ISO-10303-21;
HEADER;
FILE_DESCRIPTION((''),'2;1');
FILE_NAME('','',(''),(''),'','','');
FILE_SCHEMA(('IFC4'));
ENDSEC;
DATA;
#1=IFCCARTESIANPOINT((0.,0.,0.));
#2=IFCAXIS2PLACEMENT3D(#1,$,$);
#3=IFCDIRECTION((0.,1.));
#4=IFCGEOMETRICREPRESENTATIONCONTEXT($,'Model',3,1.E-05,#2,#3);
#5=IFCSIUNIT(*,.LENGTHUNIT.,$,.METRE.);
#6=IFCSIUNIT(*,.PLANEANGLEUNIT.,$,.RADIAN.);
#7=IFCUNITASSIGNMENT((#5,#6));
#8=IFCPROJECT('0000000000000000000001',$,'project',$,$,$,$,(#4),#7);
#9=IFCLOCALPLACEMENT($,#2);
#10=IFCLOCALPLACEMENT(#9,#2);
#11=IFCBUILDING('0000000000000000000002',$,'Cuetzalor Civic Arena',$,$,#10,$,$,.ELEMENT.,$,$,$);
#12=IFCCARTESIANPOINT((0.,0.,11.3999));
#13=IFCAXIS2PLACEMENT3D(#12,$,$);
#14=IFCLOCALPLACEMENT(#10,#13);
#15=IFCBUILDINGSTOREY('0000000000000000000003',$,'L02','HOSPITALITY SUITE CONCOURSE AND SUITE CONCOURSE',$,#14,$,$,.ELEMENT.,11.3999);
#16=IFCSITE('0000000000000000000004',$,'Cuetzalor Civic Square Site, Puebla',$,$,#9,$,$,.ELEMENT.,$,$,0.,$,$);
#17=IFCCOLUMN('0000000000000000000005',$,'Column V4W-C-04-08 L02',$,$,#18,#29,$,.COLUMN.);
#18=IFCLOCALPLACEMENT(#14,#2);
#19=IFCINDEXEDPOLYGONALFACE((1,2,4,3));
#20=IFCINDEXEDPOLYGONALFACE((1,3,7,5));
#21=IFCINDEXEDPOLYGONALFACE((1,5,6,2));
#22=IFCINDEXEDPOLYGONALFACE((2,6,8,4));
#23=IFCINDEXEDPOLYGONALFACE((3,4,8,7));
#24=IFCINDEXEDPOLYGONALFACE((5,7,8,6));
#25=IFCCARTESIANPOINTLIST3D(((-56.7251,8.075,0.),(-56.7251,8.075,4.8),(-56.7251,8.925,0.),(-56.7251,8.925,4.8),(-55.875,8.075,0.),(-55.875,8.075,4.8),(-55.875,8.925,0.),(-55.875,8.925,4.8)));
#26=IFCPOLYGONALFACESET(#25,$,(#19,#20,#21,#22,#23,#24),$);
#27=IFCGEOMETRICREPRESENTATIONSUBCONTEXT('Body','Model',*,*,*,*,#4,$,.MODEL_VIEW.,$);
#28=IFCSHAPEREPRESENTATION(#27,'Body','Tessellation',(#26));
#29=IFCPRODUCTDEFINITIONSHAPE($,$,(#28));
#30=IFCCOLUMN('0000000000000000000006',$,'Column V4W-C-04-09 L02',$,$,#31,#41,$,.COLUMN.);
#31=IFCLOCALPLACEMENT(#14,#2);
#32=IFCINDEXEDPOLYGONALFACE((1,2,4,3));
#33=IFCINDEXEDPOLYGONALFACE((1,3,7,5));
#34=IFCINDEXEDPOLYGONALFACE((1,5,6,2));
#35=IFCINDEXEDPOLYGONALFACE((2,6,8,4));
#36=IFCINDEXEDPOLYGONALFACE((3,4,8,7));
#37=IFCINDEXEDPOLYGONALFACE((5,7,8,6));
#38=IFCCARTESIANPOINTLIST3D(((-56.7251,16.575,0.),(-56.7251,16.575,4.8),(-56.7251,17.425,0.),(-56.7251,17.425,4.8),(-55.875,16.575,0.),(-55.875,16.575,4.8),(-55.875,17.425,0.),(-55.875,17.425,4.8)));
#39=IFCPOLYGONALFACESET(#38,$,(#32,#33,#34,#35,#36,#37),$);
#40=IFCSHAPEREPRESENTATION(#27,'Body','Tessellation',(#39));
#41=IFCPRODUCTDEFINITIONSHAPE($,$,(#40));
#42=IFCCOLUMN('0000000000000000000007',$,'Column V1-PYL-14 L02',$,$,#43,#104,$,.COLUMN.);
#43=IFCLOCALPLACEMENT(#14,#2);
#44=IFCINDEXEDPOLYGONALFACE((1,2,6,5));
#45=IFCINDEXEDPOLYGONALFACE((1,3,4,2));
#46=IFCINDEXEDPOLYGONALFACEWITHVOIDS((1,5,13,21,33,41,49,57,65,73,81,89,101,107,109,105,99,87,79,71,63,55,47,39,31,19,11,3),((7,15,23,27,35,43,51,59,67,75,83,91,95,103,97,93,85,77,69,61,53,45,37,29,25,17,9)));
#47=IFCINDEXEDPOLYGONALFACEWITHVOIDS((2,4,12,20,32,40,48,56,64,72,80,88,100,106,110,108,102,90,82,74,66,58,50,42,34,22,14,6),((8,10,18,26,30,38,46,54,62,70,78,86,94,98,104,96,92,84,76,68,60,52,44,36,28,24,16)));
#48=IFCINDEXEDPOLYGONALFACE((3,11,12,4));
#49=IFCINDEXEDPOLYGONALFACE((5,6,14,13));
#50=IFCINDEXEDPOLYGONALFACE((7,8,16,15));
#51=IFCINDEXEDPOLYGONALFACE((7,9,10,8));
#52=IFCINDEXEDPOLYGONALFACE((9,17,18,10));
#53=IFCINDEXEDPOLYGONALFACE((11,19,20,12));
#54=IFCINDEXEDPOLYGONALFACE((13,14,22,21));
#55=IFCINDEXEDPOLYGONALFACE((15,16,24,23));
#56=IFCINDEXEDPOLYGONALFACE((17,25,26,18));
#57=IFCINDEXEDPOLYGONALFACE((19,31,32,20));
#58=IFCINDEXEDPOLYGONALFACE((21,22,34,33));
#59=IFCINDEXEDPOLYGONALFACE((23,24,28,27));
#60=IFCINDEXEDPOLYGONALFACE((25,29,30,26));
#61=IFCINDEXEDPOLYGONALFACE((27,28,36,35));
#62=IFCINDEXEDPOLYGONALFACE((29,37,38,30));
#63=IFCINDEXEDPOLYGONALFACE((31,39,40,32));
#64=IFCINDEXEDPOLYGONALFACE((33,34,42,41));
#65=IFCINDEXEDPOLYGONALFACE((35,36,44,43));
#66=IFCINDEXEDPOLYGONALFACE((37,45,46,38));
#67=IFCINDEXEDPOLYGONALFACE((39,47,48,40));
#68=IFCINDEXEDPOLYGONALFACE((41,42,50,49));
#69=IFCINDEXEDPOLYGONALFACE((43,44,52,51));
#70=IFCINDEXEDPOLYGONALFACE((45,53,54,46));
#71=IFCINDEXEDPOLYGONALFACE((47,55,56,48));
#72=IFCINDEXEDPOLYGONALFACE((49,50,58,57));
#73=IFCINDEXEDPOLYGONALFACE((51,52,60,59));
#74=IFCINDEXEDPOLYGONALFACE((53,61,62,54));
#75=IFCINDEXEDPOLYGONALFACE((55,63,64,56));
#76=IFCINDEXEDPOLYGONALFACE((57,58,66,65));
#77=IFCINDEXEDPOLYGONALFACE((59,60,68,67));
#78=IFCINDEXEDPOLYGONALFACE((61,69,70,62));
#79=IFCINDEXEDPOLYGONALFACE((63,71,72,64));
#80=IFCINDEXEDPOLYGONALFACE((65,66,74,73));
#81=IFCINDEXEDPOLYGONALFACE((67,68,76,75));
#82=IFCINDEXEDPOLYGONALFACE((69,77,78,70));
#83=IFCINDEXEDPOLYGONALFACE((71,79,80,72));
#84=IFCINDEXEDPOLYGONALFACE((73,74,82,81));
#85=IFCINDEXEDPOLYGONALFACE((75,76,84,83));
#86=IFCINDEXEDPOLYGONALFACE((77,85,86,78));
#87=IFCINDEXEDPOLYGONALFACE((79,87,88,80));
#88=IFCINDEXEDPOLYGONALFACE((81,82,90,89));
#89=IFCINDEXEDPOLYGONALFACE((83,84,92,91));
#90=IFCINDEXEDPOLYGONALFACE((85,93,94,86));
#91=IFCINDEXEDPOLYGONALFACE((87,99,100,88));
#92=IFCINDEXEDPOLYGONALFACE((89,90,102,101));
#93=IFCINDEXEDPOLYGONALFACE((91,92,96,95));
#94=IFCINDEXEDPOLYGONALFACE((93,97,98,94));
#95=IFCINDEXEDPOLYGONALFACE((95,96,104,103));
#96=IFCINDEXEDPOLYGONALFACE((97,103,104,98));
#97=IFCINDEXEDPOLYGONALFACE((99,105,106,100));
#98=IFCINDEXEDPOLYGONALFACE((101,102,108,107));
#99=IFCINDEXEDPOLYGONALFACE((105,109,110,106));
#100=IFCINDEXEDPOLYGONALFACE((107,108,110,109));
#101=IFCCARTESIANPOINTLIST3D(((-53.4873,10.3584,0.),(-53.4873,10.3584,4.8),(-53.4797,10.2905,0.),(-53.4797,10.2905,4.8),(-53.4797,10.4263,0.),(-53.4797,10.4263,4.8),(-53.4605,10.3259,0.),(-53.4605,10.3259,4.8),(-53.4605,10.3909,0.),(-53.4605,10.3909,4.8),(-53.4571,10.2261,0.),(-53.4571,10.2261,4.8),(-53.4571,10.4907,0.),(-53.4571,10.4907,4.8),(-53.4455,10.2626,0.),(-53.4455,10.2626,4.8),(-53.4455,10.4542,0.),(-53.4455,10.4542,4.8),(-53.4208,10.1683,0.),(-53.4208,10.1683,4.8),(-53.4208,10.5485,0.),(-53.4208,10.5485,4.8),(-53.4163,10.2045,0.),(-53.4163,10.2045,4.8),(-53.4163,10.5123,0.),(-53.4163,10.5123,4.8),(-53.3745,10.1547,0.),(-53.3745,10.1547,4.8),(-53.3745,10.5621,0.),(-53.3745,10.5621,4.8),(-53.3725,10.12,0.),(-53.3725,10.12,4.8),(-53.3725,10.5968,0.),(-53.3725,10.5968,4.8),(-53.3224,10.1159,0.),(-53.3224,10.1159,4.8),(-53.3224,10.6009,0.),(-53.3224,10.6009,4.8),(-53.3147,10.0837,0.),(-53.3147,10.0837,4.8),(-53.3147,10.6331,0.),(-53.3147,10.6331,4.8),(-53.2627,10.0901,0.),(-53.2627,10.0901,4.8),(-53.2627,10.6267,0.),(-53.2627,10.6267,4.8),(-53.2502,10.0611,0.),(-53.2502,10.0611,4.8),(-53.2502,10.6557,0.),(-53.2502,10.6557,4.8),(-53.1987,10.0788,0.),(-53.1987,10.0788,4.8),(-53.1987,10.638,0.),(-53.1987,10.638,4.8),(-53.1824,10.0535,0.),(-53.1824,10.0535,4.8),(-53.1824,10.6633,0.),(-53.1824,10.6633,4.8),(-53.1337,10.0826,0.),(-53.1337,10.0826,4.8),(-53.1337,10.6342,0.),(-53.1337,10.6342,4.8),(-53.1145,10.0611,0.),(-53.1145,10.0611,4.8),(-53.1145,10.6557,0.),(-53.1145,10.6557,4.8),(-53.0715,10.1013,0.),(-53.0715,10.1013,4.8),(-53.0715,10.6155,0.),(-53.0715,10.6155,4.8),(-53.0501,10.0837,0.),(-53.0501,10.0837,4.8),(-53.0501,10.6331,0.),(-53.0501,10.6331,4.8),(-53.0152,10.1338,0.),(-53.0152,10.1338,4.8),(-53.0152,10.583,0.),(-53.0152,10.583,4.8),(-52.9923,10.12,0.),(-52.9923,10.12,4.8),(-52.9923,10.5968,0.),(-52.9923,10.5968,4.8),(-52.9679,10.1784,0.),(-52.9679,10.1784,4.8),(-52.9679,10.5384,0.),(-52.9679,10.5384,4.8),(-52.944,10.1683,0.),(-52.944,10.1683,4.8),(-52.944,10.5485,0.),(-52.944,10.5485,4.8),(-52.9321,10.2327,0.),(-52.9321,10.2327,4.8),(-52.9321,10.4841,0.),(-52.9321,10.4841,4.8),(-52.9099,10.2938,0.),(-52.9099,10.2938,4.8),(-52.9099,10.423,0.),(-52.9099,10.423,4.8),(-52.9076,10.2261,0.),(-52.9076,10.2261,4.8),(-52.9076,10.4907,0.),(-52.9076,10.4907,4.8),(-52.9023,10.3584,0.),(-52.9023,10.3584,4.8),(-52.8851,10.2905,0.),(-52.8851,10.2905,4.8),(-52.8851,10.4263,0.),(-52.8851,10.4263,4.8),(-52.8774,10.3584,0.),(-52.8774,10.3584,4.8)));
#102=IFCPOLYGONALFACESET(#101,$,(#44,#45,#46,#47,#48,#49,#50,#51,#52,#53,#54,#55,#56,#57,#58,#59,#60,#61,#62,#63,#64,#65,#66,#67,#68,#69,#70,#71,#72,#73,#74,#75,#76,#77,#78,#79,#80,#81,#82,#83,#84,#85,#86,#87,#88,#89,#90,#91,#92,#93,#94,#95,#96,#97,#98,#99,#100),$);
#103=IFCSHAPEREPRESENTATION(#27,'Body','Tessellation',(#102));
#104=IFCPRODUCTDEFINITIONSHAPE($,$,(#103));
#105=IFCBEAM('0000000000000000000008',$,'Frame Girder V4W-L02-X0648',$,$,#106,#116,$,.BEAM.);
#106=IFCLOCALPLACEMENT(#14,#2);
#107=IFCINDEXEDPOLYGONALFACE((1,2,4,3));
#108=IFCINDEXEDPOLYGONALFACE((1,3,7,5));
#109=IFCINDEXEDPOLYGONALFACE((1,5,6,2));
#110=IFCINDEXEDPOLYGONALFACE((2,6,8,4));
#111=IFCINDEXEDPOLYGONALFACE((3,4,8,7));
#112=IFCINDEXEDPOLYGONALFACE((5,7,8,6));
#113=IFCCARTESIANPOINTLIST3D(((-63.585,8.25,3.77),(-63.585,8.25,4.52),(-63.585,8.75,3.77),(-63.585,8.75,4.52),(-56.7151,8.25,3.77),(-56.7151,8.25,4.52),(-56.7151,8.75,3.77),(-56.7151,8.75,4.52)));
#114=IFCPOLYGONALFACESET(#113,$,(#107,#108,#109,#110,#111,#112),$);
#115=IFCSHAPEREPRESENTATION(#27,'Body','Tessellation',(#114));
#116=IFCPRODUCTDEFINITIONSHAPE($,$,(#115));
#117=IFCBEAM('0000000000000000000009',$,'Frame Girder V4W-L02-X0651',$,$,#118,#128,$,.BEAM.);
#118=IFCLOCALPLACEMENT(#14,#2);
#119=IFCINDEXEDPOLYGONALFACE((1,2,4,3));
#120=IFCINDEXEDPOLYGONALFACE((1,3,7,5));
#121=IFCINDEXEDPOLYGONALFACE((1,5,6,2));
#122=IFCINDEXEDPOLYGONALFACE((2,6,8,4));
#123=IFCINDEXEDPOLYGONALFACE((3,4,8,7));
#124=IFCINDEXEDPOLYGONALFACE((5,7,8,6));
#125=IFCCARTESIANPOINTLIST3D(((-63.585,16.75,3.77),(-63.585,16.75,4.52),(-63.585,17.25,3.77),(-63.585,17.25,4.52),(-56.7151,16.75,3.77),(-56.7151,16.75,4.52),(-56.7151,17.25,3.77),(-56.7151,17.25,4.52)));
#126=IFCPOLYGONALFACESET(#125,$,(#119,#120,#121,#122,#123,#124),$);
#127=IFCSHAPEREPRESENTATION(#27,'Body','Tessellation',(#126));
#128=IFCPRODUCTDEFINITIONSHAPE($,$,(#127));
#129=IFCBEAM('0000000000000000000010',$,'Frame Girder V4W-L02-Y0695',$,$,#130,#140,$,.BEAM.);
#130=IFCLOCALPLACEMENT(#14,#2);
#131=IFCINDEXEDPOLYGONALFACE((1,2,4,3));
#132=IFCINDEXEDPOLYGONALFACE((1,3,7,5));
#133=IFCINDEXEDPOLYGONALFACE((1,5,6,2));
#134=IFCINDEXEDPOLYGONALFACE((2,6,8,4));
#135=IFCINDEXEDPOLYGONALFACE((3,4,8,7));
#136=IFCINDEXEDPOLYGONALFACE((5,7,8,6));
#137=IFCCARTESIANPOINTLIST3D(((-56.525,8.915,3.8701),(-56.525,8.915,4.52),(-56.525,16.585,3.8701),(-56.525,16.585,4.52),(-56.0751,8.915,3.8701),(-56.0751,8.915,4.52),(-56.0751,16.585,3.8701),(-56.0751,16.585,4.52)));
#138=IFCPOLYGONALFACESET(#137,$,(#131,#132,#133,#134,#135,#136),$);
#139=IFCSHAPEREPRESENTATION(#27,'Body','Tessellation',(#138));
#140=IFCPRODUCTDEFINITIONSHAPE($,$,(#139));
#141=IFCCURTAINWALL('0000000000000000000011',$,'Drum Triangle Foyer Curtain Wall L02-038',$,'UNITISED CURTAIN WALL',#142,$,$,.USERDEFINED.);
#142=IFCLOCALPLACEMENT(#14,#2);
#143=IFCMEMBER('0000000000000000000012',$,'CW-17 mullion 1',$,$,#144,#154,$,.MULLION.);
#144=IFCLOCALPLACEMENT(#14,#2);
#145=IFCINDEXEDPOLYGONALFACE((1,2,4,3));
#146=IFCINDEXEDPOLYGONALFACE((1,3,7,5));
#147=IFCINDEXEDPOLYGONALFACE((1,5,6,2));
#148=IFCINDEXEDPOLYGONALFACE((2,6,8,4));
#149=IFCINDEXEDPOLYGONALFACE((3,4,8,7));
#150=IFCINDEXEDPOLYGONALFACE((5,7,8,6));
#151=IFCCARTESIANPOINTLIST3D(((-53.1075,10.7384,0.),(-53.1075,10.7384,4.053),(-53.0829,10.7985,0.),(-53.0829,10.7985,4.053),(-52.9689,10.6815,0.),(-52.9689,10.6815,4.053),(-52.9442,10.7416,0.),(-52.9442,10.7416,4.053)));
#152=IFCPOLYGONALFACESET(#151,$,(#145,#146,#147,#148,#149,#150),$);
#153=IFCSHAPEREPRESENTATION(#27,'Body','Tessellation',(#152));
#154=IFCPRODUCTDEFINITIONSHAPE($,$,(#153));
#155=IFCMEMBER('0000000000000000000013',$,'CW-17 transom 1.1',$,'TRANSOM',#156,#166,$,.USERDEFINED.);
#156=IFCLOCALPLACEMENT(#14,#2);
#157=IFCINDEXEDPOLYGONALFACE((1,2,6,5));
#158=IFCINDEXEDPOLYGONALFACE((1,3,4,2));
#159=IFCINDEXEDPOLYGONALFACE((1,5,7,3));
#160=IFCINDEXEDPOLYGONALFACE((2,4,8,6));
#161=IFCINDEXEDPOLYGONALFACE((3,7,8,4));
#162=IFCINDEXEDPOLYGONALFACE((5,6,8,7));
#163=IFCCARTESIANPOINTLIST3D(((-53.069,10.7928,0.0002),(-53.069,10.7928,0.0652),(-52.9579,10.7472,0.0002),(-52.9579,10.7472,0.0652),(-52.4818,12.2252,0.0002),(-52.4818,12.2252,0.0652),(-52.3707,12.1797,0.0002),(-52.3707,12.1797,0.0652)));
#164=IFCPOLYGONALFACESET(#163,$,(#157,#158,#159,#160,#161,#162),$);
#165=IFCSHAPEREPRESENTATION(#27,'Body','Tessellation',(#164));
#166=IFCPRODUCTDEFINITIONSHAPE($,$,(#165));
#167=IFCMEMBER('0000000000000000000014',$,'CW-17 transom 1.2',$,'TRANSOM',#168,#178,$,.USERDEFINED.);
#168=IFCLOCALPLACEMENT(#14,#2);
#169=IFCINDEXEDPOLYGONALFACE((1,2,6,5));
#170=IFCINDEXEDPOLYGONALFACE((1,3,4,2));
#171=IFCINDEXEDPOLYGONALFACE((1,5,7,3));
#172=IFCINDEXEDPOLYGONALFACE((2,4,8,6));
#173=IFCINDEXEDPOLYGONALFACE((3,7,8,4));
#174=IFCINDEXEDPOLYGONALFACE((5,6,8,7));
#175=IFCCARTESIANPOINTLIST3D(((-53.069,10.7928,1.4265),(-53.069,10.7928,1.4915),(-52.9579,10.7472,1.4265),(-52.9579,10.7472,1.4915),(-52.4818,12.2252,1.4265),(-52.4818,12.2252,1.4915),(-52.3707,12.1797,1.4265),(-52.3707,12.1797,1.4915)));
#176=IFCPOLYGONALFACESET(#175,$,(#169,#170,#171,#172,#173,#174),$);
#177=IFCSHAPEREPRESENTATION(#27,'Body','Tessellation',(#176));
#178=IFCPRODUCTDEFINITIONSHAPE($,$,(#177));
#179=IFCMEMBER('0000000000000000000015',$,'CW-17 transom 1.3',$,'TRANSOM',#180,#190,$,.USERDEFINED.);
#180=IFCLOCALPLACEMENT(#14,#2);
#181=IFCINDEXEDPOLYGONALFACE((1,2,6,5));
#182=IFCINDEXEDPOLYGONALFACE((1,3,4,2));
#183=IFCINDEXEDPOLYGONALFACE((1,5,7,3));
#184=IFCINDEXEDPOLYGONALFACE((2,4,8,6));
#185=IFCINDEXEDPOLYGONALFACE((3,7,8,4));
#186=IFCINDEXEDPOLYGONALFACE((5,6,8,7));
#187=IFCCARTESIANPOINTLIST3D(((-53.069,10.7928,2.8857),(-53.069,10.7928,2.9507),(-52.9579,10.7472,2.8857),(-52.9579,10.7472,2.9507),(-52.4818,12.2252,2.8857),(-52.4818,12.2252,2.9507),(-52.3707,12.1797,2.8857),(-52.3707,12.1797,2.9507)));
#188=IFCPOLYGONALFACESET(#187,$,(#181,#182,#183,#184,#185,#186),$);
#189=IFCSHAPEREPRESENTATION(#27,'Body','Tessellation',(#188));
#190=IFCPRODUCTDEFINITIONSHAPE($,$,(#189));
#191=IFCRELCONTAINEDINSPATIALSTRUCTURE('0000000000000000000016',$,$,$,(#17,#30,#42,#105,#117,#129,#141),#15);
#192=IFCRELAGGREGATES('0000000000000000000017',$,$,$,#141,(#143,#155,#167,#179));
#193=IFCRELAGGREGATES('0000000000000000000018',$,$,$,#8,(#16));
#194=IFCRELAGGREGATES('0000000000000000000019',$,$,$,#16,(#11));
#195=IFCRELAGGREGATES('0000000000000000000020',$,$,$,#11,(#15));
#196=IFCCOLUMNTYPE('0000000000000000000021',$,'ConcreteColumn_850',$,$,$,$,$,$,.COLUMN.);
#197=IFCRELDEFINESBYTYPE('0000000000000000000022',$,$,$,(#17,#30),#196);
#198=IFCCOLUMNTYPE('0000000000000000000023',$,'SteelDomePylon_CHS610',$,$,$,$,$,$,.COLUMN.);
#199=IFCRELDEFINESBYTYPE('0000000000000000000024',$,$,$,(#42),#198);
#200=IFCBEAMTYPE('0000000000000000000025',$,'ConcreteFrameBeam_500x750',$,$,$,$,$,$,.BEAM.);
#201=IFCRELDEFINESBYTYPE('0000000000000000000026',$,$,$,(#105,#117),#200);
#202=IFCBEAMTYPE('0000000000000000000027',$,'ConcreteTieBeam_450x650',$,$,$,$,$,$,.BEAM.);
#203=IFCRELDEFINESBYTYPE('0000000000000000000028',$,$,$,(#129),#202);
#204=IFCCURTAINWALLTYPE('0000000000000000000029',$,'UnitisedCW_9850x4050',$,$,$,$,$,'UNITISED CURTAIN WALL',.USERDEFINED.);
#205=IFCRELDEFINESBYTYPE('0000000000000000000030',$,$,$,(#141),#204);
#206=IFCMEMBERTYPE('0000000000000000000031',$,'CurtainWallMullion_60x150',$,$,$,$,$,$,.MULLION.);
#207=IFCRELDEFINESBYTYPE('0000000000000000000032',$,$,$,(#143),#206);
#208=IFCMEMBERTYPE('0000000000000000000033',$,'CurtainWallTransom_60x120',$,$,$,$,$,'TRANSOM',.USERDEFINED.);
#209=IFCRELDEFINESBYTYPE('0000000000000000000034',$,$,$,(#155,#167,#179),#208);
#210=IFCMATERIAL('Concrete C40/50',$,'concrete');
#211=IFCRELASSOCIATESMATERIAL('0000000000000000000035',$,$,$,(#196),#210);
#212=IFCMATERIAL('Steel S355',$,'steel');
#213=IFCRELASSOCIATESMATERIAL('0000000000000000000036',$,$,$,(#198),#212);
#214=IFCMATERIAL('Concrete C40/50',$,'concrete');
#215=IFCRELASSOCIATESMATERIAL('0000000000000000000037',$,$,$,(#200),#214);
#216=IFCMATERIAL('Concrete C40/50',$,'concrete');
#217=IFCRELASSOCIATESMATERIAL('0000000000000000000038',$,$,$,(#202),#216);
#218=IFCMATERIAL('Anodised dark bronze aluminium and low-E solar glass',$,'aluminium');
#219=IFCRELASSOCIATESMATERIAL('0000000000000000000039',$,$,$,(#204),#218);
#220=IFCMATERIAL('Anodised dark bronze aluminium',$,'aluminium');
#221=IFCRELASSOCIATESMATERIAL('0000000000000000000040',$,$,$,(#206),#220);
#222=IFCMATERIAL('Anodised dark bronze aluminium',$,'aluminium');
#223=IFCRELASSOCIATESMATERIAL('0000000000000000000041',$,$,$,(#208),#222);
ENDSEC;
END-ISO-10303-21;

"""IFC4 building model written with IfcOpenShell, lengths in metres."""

from ifc_helpers import new_model, si_unit, direction, frame, origin, origin_2d, place, context, subcontext, project, spatial, rectangle, hollow_circle, extrude, material, material_profile, profile_set, type_object, element, aggregate, save


model = new_model("IFC4")

# Units and contexts
model_context = context("Model", 3, precision=1e-05, world=origin(), true_north=direction((0.0, 1.0)))
body_context = subcontext(model_context, "Body", "Model", "MODEL_VIEW")
ifc_project = project(units=[si_unit("LENGTHUNIT", "METRE"), si_unit("PLANEANGLEUNIT", "RADIAN")], contexts=[model_context])

# Site, building, storey
site_placement = place(None, origin())
site = spatial("IfcSite", under=ifc_project, at=site_placement, Name="Cuetzalor Civic Square Site, Puebla", CompositionType="ELEMENT", RefElevation=0.0)
building_placement = place(site_placement, origin())
building = spatial("IfcBuilding", under=site, at=building_placement, Name="Cuetzalor Civic Arena", CompositionType="ELEMENT")
storey_placement = place(building_placement, frame((0.0, 0.0, 11.3999)))
storey = spatial("IfcBuildingStorey", under=building, at=storey_placement, Name="L02", Description="HOSPITALITY SUITE CONCOURSE AND SUITE CONCOURSE", CompositionType="ELEMENT", Elevation=11.3999)

# Columns
ifc_material_1 = material(Name="Concrete C40/50", Category="concrete")
ifc_material_profile_1 = material_profile(ifc_material_1, rectangle(XDim=0.8501, YDim=0.8501, at=origin_2d()), Name="RC 850x850")
ifc_profile_set_1 = profile_set([ifc_material_profile_1], Name="Concrete C40/50")
column_type_1 = type_object("IfcColumnType", Name="ConcreteColumn_850", PredefinedType="COLUMN", material=ifc_profile_set_1)
for number, where, z_axis, x_axis, name in (
    (1, (-56.3, 8.5, 0.0), (0.0, 0.0, 1.0), (1.0, 0.0, 0.0), "Column V4W-C-04-08 L02"),
    (2, (-56.3, 17.0, 0.0), (0.0, 0.0, 1.0), (1.0, 0.0, 0.0), "Column V4W-C-04-09 L02"),
):
    element("IfcColumn", number, at=place(storey_placement, frame(where, z_axis=z_axis, x_axis=x_axis)), inside=storey, type_object=column_type_1, Name=name, PredefinedType="COLUMN", context=body_context, shape_type="SweptSolid", body=[
        extrude(rectangle(XDim=0.8501, YDim=0.8501, at=origin_2d()), origin(), (0.0, 0.0, 1.0), 4.8),
    ])
ifc_material_2 = material(Name="Steel S355", Category="steel")
ifc_material_profile_2 = material_profile(ifc_material_2, hollow_circle(Radius=0.3049, WallThickness=0.0249, at=origin_2d()), Name="CHS 610x25")
ifc_profile_set_2 = profile_set([ifc_material_profile_2], Name="Steel S355")
column_type_2 = type_object("IfcColumnType", Name="SteelDomePylon_CHS610", PredefinedType="COLUMN", material=ifc_profile_set_2)
column_placement = place(storey_placement, frame((-53.1824, 10.3584, 0.0), z_axis=(0.0, 0.0, 1.0), x_axis=(1.0, 0.0, 0.0)))
element("IfcColumn", 3, at=column_placement, inside=storey, type_object=column_type_2, Name="Column V1-PYL-14 L02", PredefinedType="COLUMN", context=body_context, shape_type="SweptSolid", body=[
    extrude(hollow_circle(Radius=0.3049, WallThickness=0.0249, at=origin_2d()), origin(), (0.0, 0.0, 1.0), 4.8),
])

# Beams
ifc_material_3 = material(Name="Concrete C40/50", Category="concrete")
ifc_material_profile_3 = material_profile(ifc_material_3, rectangle(XDim=0.5, YDim=0.75, at=origin_2d()), Name="RC 500x750")
ifc_profile_set_3 = profile_set([ifc_material_profile_3], Name="Concrete C40/50")
beam_type_1 = type_object("IfcBeamType", Name="ConcreteFrameBeam_500x750", PredefinedType="BEAM", material=ifc_profile_set_3)
for number, where, z_axis, x_axis, name in (
    (4, (-63.585, 8.5, 4.145), (1.0, 0.0, 0.0), (0.0, 1.0, 0.0), "Frame Girder V4W-L02-X0648"),
    (5, (-63.585, 17.0, 4.145), (1.0, 0.0, 0.0), (0.0, 1.0, 0.0), "Frame Girder V4W-L02-X0651"),
):
    element("IfcBeam", number, at=place(storey_placement, frame(where, z_axis=z_axis, x_axis=x_axis)), inside=storey, type_object=beam_type_1, Name=name, PredefinedType="BEAM", context=body_context, shape_type="SweptSolid", body=[
        extrude(rectangle(XDim=0.5, YDim=0.75, at=origin_2d()), origin(), (0.0, 0.0, 1.0), 6.8699),
    ])
ifc_material_4 = material(Name="Concrete C40/50", Category="concrete")
ifc_material_profile_4 = material_profile(ifc_material_4, rectangle(XDim=0.45, YDim=0.6499, at=origin_2d()), Name="RC 450x650")
ifc_profile_set_4 = profile_set([ifc_material_profile_4], Name="Concrete C40/50")
beam_type_2 = type_object("IfcBeamType", Name="ConcreteTieBeam_450x650", PredefinedType="BEAM", material=ifc_profile_set_4)
beam_1_placement = place(storey_placement, frame((-56.3, 8.915, 4.1951), z_axis=(0.0, 1.0, 0.0), x_axis=(-1.0, 0.0, 0.0)))
element("IfcBeam", 6, at=beam_1_placement, inside=storey, type_object=beam_type_2, Name="Frame Girder V4W-L02-Y0695", PredefinedType="BEAM", context=body_context, shape_type="SweptSolid", body=[
    extrude(rectangle(XDim=0.45, YDim=0.6499, at=origin_2d()), origin(), (0.0, 0.0, 1.0), 7.6699),
])

# Curtain wall, members
ifc_material_5 = material(Name="Anodised dark bronze aluminium and low-E solar glass", Category="aluminium")
curtain_wall_type = type_object("IfcCurtainWallType", Name="UnitisedCW_9850x4050", ElementType="UNITISED CURTAIN WALL", PredefinedType="USERDEFINED", material=ifc_material_5)
curtain_wall_placement = place(storey_placement, origin())
curtain_wall = element("IfcCurtainWall", 7, at=curtain_wall_placement, inside=storey, type_object=curtain_wall_type, Name="Drum Triangle Foyer Curtain Wall L02-038", ObjectType="UNITISED CURTAIN WALL", PredefinedType="USERDEFINED")
ifc_material_6 = material(Name="Anodised dark bronze aluminium", Category="aluminium")
ifc_material_profile_5 = material_profile(ifc_material_6, rectangle(XDim=0.0649, YDim=0.1499, at=origin_2d()), Name="ALU MULLION 65x150")
ifc_profile_set_5 = profile_set([ifc_material_profile_5], Name="Anodised dark bronze aluminium")
member_type_1 = type_object("IfcMemberType", Name="CurtainWallMullion_60x150", PredefinedType="MULLION", material=ifc_profile_set_5)
member_1_placement = place(storey_placement, frame((-53.0259, 10.74, 0.0), z_axis=(0.0, 0.0, 1.0), x_axis=(0.379391, 0.925236, 0.0)))
member_1 = element("IfcMember", 8, at=member_1_placement, type_object=member_type_1, Name="CW-17 mullion 1", PredefinedType="MULLION", context=body_context, shape_type="SweptSolid", body=[
    extrude(rectangle(XDim=0.0649, YDim=0.1499, at=origin_2d()), origin(), (0.0, 0.0, 1.0), 4.053),
])
ifc_material_7 = material(Name="Anodised dark bronze aluminium", Category="aluminium")
ifc_material_profile_6 = material_profile(ifc_material_7, rectangle(XDim=0.1201, YDim=0.0649, at=origin_2d()), Name="ALU TRANSOM 65x120")
ifc_profile_set_6 = profile_set([ifc_material_profile_6], Name="Anodised dark bronze aluminium")
member_type_2 = type_object("IfcMemberType", Name="CurtainWallTransom_60x120", ElementType="TRANSOM", PredefinedType="USERDEFINED", material=ifc_profile_set_6)
member_2_placement = place(storey_placement, frame((-53.0134, 10.77, 0.0327), z_axis=(0.37929, 0.925278, 0.0), x_axis=(-0.925278, 0.37929, 0.0)))
member_2 = element("IfcMember", 9, at=member_2_placement, type_object=member_type_2, Name="CW-17 transom 1.1", ObjectType="TRANSOM", PredefinedType="USERDEFINED", context=body_context, shape_type="SweptSolid", body=[
    extrude(rectangle(XDim=0.1201, YDim=0.0649, at=origin_2d()), origin(), (0.0, 0.0, 1.0), 1.5481),
])
member_3_placement = place(storey_placement, frame((-53.0134, 10.77, 1.459), z_axis=(0.37929, 0.925278, 0.0), x_axis=(-0.925278, 0.37929, 0.0)))
member_3 = element("IfcMember", 10, at=member_3_placement, type_object=member_type_2, Name="CW-17 transom 1.2", ObjectType="TRANSOM", PredefinedType="USERDEFINED", context=body_context, shape_type="SweptSolid", body=[
    extrude(rectangle(XDim=0.1201, YDim=0.0649, at=origin_2d()), origin(), (0.0, 0.0, 1.0), 1.5481),
])
member_4_placement = place(storey_placement, frame((-53.0134, 10.77, 2.9182), z_axis=(0.37929, 0.925278, 0.0), x_axis=(-0.925278, 0.37929, 0.0)))
member_4 = element("IfcMember", 11, at=member_4_placement, type_object=member_type_2, Name="CW-17 transom 1.3", ObjectType="TRANSOM", PredefinedType="USERDEFINED", context=body_context, shape_type="SweptSolid", body=[
    extrude(rectangle(XDim=0.1201, YDim=0.0649, at=origin_2d()), origin(), (0.0, 0.0, 1.0), 1.5481),
])

aggregate(curtain_wall, [member_1, member_2, member_3, member_4])

save(model, "model.ifc")
